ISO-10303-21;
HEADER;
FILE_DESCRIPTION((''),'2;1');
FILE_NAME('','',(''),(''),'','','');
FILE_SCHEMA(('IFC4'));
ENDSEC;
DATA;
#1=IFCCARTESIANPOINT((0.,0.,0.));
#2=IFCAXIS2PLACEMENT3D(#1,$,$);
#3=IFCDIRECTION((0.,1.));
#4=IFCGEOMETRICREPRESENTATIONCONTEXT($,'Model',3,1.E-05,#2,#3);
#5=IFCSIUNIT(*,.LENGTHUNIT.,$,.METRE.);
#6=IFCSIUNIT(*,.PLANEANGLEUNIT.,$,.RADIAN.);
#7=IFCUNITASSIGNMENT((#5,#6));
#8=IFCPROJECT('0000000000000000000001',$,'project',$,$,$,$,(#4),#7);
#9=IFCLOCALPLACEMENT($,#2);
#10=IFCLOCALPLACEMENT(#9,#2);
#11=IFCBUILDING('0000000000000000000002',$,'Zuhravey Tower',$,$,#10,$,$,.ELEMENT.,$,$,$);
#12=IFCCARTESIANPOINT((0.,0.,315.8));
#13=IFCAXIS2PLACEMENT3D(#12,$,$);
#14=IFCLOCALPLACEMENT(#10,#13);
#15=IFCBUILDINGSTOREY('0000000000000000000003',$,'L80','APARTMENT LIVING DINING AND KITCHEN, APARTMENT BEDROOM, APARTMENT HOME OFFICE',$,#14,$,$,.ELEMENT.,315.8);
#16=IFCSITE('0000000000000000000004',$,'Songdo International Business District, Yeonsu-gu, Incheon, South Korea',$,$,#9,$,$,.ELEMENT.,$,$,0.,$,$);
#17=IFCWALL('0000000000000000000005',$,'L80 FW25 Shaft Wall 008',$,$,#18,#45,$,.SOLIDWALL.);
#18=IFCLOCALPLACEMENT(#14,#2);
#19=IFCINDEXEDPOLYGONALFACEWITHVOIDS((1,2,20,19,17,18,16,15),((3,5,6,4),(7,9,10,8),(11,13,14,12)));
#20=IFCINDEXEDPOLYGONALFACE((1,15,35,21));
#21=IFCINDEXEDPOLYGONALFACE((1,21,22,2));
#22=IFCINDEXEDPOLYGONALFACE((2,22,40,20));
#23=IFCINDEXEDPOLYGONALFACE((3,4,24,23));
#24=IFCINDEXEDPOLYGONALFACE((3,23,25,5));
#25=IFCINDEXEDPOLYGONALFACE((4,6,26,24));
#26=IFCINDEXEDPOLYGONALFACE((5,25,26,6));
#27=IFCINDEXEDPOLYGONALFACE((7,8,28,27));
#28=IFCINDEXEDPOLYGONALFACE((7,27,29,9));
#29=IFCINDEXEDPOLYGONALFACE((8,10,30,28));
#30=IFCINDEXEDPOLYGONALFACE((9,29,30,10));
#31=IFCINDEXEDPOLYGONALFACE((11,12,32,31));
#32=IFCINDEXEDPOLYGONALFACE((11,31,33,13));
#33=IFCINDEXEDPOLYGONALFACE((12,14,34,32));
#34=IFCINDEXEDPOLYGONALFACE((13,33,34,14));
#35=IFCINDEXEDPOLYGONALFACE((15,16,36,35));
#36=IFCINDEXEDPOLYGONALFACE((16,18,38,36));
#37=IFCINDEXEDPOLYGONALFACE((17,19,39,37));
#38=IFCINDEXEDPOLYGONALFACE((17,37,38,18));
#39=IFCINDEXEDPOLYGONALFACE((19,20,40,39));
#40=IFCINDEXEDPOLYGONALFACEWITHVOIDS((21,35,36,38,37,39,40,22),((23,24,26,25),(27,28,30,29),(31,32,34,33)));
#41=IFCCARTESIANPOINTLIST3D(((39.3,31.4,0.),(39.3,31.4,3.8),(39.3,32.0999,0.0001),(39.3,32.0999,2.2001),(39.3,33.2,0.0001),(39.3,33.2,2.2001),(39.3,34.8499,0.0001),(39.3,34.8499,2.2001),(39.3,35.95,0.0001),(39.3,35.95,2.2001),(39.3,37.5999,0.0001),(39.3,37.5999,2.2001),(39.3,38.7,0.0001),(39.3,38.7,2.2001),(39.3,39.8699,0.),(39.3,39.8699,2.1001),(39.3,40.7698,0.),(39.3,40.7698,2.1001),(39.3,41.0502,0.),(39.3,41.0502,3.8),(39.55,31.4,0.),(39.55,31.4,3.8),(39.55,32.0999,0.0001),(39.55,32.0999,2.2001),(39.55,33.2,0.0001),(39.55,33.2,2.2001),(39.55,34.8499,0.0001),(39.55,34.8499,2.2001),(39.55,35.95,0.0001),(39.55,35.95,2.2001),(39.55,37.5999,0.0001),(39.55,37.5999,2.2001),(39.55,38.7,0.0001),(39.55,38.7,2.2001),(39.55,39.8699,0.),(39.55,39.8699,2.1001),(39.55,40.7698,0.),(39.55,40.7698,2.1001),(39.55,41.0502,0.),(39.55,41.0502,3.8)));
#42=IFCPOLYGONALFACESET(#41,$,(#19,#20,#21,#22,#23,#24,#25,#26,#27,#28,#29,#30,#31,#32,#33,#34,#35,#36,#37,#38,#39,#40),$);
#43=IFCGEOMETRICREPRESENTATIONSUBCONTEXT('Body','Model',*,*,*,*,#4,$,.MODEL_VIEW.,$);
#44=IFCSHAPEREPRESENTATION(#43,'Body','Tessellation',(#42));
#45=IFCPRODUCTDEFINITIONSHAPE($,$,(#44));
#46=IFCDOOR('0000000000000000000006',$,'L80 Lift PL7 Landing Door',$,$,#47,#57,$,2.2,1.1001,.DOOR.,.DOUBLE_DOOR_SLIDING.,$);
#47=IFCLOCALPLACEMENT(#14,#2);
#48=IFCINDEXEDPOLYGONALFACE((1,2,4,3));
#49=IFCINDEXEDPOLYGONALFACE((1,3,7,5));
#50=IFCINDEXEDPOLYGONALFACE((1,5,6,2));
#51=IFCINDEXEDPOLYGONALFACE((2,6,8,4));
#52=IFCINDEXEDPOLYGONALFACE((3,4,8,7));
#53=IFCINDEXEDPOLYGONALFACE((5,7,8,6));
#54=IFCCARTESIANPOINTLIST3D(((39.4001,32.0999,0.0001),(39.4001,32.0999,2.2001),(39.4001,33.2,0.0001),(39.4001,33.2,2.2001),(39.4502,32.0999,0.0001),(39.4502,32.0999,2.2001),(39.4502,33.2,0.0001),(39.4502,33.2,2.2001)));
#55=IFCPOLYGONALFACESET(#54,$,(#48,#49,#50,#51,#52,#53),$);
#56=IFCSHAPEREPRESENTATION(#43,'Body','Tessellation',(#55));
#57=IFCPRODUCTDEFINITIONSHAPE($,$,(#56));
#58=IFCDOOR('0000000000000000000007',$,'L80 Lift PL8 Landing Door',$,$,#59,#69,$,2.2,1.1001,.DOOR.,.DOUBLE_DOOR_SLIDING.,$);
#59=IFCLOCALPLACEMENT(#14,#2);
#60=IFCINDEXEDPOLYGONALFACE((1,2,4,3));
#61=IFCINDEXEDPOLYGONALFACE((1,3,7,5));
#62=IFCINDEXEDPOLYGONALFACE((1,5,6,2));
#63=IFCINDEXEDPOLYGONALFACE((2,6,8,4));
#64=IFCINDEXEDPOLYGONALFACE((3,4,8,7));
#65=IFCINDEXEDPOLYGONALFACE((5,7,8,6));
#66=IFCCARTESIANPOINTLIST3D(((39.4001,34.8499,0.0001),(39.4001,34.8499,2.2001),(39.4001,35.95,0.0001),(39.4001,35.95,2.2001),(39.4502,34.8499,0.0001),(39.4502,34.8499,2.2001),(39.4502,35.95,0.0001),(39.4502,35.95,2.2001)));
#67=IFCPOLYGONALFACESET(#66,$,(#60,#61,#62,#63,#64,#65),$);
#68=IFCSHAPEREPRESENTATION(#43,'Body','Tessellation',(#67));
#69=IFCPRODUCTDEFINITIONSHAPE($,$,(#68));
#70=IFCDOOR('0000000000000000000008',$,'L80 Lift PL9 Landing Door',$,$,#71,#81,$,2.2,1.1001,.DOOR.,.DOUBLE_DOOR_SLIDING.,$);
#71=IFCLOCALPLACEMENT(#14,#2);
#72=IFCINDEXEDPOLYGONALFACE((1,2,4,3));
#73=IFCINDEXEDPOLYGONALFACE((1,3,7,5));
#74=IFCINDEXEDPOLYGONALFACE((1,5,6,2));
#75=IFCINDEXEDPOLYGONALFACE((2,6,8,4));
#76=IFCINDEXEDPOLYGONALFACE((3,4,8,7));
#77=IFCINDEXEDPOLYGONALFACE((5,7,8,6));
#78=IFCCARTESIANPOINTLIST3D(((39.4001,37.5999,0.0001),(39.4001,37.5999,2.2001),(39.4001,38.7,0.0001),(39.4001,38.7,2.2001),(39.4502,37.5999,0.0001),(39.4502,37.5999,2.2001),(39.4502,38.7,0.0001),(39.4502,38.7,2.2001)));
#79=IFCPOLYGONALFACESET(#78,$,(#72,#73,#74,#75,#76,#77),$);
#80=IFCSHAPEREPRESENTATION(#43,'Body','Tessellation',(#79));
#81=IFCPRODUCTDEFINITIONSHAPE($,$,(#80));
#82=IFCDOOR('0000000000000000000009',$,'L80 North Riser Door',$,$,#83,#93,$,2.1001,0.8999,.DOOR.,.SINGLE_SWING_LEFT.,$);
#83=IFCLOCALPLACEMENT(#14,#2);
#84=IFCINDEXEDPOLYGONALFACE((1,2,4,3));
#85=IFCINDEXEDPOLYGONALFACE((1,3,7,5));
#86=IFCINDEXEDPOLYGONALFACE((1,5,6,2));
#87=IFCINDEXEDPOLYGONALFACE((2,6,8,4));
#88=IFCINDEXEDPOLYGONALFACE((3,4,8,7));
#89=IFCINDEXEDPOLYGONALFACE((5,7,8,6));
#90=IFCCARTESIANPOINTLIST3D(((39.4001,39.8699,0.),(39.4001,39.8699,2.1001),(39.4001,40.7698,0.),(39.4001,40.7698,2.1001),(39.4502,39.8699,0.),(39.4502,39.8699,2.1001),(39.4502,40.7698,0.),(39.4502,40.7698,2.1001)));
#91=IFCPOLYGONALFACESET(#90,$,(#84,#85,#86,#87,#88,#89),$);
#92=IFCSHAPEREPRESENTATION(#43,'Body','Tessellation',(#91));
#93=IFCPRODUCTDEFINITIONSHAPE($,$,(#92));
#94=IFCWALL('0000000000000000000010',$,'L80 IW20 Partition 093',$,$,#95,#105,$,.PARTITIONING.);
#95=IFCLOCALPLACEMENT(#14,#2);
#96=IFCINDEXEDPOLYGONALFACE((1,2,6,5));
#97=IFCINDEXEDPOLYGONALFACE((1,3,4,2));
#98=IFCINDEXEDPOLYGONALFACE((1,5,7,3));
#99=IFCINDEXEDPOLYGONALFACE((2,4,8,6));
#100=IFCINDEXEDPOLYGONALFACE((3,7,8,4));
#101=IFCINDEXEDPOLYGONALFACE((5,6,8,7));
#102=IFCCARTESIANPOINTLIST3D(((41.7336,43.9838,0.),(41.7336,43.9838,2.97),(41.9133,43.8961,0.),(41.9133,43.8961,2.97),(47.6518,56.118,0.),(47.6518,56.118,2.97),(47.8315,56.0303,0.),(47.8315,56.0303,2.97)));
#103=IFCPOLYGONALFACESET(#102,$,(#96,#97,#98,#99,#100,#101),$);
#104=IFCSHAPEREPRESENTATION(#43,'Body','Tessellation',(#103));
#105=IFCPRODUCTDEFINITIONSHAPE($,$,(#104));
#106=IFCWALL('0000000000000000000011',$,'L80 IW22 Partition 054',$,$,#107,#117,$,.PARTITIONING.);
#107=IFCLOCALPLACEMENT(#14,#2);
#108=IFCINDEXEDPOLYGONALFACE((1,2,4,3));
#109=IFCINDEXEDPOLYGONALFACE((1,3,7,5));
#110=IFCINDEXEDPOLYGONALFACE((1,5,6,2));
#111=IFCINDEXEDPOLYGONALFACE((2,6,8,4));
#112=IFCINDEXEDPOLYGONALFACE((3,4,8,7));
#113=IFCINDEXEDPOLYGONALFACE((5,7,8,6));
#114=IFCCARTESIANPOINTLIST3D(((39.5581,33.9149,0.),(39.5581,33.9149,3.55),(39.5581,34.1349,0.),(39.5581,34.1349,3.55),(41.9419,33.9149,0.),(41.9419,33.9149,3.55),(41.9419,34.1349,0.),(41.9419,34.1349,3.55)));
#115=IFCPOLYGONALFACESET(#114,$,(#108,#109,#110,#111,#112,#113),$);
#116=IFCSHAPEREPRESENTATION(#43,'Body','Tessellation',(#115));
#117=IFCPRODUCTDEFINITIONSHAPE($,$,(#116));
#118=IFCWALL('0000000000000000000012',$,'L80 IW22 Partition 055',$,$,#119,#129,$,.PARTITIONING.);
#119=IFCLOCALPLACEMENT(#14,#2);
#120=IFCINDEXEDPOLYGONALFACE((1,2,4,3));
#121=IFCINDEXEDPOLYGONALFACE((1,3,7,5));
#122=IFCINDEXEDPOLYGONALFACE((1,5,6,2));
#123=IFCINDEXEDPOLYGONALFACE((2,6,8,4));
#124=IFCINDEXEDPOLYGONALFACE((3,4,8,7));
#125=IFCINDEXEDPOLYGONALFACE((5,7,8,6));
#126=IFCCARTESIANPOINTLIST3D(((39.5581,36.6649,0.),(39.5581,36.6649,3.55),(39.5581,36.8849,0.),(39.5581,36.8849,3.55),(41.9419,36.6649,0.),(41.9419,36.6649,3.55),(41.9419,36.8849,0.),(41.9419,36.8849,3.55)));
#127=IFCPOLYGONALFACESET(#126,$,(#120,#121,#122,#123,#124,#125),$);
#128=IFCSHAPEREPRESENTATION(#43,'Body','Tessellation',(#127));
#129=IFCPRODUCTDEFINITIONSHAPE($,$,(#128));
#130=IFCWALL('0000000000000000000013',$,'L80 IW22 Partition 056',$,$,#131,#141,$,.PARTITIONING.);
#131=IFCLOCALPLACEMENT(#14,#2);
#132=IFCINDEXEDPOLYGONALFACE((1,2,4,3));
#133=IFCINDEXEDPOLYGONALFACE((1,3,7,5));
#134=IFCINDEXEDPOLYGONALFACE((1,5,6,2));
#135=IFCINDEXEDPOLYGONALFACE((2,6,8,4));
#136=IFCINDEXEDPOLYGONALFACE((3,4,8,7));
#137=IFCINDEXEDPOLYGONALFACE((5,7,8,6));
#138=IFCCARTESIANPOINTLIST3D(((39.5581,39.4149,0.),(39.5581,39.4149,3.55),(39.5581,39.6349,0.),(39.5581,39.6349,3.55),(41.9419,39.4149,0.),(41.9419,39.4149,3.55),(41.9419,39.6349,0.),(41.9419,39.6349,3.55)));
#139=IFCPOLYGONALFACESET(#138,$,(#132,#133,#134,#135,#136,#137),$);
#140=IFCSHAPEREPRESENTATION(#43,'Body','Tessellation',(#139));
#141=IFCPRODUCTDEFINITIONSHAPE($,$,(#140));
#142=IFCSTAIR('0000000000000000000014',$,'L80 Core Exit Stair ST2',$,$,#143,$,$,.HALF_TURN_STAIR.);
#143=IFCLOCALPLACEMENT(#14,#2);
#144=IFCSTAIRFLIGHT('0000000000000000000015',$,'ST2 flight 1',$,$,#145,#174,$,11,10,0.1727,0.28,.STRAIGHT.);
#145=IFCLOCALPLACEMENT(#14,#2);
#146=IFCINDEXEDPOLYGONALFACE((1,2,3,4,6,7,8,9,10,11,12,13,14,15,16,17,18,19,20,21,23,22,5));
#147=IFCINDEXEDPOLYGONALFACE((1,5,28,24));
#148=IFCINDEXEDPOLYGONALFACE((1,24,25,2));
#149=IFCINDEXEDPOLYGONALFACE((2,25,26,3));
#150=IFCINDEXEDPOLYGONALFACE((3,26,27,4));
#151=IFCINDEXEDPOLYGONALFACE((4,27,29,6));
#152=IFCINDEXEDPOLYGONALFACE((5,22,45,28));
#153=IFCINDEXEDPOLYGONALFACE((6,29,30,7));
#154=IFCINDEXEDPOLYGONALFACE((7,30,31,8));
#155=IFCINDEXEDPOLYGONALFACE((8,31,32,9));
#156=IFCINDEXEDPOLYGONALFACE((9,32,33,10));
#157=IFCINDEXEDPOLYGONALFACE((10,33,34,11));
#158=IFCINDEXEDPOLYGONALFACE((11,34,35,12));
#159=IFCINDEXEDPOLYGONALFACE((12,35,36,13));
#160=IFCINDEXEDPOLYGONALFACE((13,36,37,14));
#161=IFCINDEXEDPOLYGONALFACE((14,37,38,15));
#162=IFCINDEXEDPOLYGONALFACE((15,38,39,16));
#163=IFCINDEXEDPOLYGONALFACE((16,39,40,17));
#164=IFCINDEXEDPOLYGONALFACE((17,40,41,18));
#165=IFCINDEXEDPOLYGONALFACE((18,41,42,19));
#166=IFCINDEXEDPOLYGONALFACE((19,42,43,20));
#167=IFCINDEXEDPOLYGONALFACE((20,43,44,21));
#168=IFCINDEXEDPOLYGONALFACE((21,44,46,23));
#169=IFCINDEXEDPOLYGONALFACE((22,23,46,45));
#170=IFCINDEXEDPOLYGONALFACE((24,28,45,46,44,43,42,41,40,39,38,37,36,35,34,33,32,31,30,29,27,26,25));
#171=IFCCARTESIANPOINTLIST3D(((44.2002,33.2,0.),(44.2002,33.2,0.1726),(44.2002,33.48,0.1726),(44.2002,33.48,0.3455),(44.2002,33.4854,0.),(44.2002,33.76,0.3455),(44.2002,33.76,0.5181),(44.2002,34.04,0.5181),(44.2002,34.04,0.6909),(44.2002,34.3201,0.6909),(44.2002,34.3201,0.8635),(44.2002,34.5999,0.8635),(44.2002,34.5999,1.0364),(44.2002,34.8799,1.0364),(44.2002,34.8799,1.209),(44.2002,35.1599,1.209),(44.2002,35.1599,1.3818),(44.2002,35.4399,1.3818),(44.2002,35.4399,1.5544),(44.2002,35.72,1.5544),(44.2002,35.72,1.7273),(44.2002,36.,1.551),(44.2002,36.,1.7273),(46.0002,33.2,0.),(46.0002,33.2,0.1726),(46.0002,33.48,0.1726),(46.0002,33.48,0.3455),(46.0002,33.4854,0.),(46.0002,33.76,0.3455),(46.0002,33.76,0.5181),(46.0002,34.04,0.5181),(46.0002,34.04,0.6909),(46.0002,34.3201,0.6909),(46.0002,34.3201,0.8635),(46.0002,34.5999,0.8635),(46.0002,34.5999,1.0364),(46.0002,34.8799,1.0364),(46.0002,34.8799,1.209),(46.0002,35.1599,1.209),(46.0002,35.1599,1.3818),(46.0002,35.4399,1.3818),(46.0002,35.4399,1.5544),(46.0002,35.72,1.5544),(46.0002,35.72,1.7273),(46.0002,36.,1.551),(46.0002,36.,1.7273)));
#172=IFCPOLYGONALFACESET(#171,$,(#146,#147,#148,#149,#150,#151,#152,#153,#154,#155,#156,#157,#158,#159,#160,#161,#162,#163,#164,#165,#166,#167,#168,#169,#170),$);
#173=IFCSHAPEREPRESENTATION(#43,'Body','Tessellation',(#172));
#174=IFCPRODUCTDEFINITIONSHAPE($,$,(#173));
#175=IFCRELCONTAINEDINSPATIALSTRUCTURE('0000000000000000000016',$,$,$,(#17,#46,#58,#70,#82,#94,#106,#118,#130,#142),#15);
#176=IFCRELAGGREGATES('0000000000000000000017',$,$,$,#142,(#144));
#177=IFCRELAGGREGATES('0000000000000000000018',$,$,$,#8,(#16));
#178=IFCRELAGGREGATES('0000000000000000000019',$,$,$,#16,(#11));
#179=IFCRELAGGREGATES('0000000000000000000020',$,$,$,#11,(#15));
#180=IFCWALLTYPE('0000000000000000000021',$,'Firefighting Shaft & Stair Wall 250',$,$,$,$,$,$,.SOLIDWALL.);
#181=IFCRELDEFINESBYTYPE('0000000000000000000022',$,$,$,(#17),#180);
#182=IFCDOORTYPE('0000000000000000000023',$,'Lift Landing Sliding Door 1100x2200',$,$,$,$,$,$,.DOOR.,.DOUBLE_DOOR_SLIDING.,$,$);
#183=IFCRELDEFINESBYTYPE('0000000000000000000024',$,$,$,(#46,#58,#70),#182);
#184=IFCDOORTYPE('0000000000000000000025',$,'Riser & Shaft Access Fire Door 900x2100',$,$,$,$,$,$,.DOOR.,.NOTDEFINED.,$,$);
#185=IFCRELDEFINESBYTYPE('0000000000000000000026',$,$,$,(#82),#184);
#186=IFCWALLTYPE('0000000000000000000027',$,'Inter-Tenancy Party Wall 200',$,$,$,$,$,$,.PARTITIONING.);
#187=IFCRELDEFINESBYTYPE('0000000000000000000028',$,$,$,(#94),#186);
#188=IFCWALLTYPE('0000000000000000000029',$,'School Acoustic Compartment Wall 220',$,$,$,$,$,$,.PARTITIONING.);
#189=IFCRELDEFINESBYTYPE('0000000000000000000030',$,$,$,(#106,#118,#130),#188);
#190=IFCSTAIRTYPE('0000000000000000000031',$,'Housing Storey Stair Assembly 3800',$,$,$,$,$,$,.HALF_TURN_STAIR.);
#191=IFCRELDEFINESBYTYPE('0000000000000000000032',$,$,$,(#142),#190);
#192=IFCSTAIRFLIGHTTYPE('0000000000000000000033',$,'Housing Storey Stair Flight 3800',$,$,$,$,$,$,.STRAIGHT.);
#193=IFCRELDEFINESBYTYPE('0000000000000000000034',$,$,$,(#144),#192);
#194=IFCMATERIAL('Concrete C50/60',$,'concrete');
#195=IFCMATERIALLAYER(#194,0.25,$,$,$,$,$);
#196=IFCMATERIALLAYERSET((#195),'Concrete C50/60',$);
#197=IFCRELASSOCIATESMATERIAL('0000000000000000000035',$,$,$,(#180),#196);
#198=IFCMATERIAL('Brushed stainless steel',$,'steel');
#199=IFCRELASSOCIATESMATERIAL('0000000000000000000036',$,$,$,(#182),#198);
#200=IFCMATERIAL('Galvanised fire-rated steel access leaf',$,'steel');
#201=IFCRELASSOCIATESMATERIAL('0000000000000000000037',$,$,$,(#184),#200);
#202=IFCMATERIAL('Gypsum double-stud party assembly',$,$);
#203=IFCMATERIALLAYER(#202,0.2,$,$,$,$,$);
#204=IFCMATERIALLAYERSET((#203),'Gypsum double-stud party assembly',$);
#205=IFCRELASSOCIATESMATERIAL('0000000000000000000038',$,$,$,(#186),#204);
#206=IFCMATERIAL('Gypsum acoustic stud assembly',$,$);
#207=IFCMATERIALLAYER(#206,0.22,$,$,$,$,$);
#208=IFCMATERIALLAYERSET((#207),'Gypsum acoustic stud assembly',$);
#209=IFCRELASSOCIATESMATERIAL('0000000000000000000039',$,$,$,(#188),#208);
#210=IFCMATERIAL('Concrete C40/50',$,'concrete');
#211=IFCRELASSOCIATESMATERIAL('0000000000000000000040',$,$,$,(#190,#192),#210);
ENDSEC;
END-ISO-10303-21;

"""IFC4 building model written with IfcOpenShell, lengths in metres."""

from ifc_helpers import new_model, si_unit, direction, frame, frame_2d, origin, place, context, subcontext, project, spatial, polyline, rectangle, outline, extrude, material, layer, layer_set, type_object, element, fill, aggregate, save


model = new_model("IFC4")

# Units and contexts
model_context = context("Model", 3, precision=1e-05, world=origin(), true_north=direction((0.0, 1.0)))
body_context = subcontext(model_context, "Body", "Model", "MODEL_VIEW")
ifc_project = project(units=[si_unit("LENGTHUNIT", "METRE"), si_unit("PLANEANGLEUNIT", "RADIAN")], contexts=[model_context])

# Site, building, storey
site_placement = place(None, origin())
site = spatial("IfcSite", under=ifc_project, at=site_placement, Name="Songdo International Business District, Yeonsu-gu, Incheon, South Korea", CompositionType="ELEMENT", RefElevation=0.0)
building_placement = place(site_placement, origin())
building = spatial("IfcBuilding", under=site, at=building_placement, Name="Zuhravey Tower", CompositionType="ELEMENT")
storey_placement = place(building_placement, frame((0.0, 0.0, 315.8)))
storey = spatial("IfcBuildingStorey", under=building, at=storey_placement, Name="L80", Description="APARTMENT LIVING DINING AND KITCHEN, APARTMENT BEDROOM, APARTMENT HOME OFFICE", CompositionType="ELEMENT", Elevation=315.8)

# Shared definitions
ifc_material_1 = material(Name="Concrete C50/60", Category="concrete")

# Shared definitions
ifc_layer_1 = layer(ifc_material_1, 0.25)
ifc_layer_set_1 = layer_set([ifc_layer_1], Name="Concrete C50/60")
wall_type_1 = type_object("IfcWallType", Name="Firefighting Shaft & Stair Wall 250", PredefinedType="SOLIDWALL", material=ifc_layer_set_1)

# Wall, openings, doors
wall_1_placement = place(storey_placement, frame((39.425, 31.3999, 0.0), z_axis=(0.0, 0.0, 1.0), x_axis=(0.0, 1.0, 0.0)))
wall_1 = element("IfcWall", 1, at=wall_1_placement, inside=storey, type_object=wall_type_1, Name="L80 FW25 Shaft Wall 008", PredefinedType="SOLIDWALL", context=body_context, shape_type="SweptSolid", body=[
    extrude(rectangle(XDim=9.6501, YDim=0.25, at=frame_2d((4.8252, 0.0))), origin(), (0.0, 0.0, 1.0), 3.8),
])
opening_1_placement = place(wall_1_placement, frame((0.7, 0.0, 0.0)))
opening_1 = element("IfcOpeningElement", 2, at=opening_1_placement, cuts=wall_1, PredefinedType="OPENING", context=body_context, shape_type="SweptSolid", body=[
    extrude(rectangle(XDim=1.1001, YDim=2.2, at=frame_2d((0.55, 1.1001))), frame((0.0, 0.137, 0.0), z_axis=(0.0, -1.0, 0.0), x_axis=(1.0, 0.0, 0.0)), (0.0, 0.0, 1.0), 0.2739),
])
opening_2_placement = place(wall_1_placement, frame((3.45, 0.0, 0.0)))
opening_2 = element("IfcOpeningElement", 3, at=opening_2_placement, cuts=wall_1, PredefinedType="OPENING", context=body_context, shape_type="SweptSolid", body=[
    extrude(rectangle(XDim=1.1001, YDim=2.2, at=frame_2d((0.55, 1.1001))), frame((0.0, 0.137, 0.0), z_axis=(0.0, -1.0, 0.0), x_axis=(1.0, 0.0, 0.0)), (0.0, 0.0, 1.0), 0.2739),
])
opening_3_placement = place(wall_1_placement, frame((6.2, 0.0, 0.0)))
opening_3 = element("IfcOpeningElement", 4, at=opening_3_placement, cuts=wall_1, PredefinedType="OPENING", context=body_context, shape_type="SweptSolid", body=[
    extrude(rectangle(XDim=1.1001, YDim=2.2, at=frame_2d((0.55, 1.1001))), frame((0.0, 0.137, 0.0), z_axis=(0.0, -1.0, 0.0), x_axis=(1.0, 0.0, 0.0)), (0.0, 0.0, 1.0), 0.2739),
])
opening_4_placement = place(wall_1_placement, frame((8.47, 0.0, 0.0)))
opening_4 = element("IfcOpeningElement", 5, at=opening_4_placement, cuts=wall_1, PredefinedType="OPENING", context=body_context, shape_type="SweptSolid", body=[
    extrude(rectangle(XDim=0.8999, YDim=2.1001, at=frame_2d((0.45, 1.05))), frame((0.0, 0.137, 0.0), z_axis=(0.0, -1.0, 0.0), x_axis=(1.0, 0.0, 0.0)), (0.0, 0.0, 1.0), 0.2739),
])
ifc_material_2 = material(Name="Brushed stainless steel", Category="steel")
door_type_1 = type_object("IfcDoorType", Name="Lift Landing Sliding Door 1100x2200", OperationType="DOUBLE_DOOR_SLIDING", PredefinedType="DOOR", material=ifc_material_2)
door_1_placement = place(opening_1_placement, origin())
door_1 = element("IfcDoor", 6, at=door_1_placement, inside=storey, type_object=door_type_1, Name="L80 Lift PL7 Landing Door", OperationType="DOUBLE_DOOR_SLIDING", OverallHeight=2.2, OverallWidth=1.1001, PredefinedType="DOOR", context=body_context, shape_type="SweptSolid", body=[
    extrude(rectangle(XDim=1.1001, YDim=2.2, at=frame_2d((0.55, 1.1001))), frame((0.0, 0.0249, 0.0), z_axis=(0.0, -1.0, 0.0), x_axis=(1.0, 0.0, 0.0)), (0.0, 0.0, 1.0), 0.05),
])
fill(opening_1, door_1)
door_2_placement = place(opening_2_placement, origin())
door_2 = element("IfcDoor", 7, at=door_2_placement, inside=storey, type_object=door_type_1, Name="L80 Lift PL8 Landing Door", OperationType="DOUBLE_DOOR_SLIDING", OverallHeight=2.2, OverallWidth=1.1001, PredefinedType="DOOR", context=body_context, shape_type="SweptSolid", body=[
    extrude(rectangle(XDim=1.1001, YDim=2.2, at=frame_2d((0.55, 1.1001))), frame((0.0, 0.0249, 0.0), z_axis=(0.0, -1.0, 0.0), x_axis=(1.0, 0.0, 0.0)), (0.0, 0.0, 1.0), 0.05),
])
fill(opening_2, door_2)
door_3_placement = place(opening_3_placement, origin())
door_3 = element("IfcDoor", 8, at=door_3_placement, inside=storey, type_object=door_type_1, Name="L80 Lift PL9 Landing Door", OperationType="DOUBLE_DOOR_SLIDING", OverallHeight=2.2, OverallWidth=1.1001, PredefinedType="DOOR", context=body_context, shape_type="SweptSolid", body=[
    extrude(rectangle(XDim=1.1001, YDim=2.2, at=frame_2d((0.55, 1.1001))), frame((0.0, 0.0249, 0.0), z_axis=(0.0, -1.0, 0.0), x_axis=(1.0, 0.0, 0.0)), (0.0, 0.0, 1.0), 0.05),
])
fill(opening_3, door_3)
ifc_material_3 = material(Name="Galvanised fire-rated steel access leaf", Category="steel")
door_type_2 = type_object("IfcDoorType", Name="Riser & Shaft Access Fire Door 900x2100", OperationType="NOTDEFINED", PredefinedType="DOOR", material=ifc_material_3)
door_4_placement = place(opening_4_placement, origin())
door_4 = element("IfcDoor", 9, at=door_4_placement, inside=storey, type_object=door_type_2, Name="L80 North Riser Door", OperationType="SINGLE_SWING_LEFT", OverallHeight=2.1001, OverallWidth=0.8999, PredefinedType="DOOR", context=body_context, shape_type="SweptSolid", body=[
    extrude(rectangle(XDim=0.8999, YDim=2.1001, at=frame_2d((0.45, 1.05))), frame((0.0, 0.0249, 0.0), z_axis=(0.0, -1.0, 0.0), x_axis=(1.0, 0.0, 0.0)), (0.0, 0.0, 1.0), 0.05),
])
fill(opening_4, door_4)

# Walls
ifc_material_4 = material(Name="Gypsum double-stud party assembly")
ifc_layer_2 = layer(ifc_material_4, 0.2)
ifc_layer_set_2 = layer_set([ifc_layer_2], Name="Gypsum double-stud party assembly")
wall_type_2 = type_object("IfcWallType", Name="Inter-Tenancy Party Wall 200", PredefinedType="PARTITIONING", material=ifc_layer_set_2)
wall_2_placement = place(storey_placement, frame((41.8235, 43.9399, 0.0), z_axis=(0.0, 0.0, 1.0), x_axis=(0.438367, 0.898796, 0.0)))
element("IfcWall", 10, at=wall_2_placement, inside=storey, type_object=wall_type_2, Name="L80 IW20 Partition 093", PredefinedType="PARTITIONING", context=body_context, shape_type="SweptSolid", body=[
    extrude(rectangle(XDim=13.5005, YDim=0.2, at=frame_2d((6.7502, 0.0))), origin(), (0.0, 0.0, 1.0), 2.97),
])
ifc_material_5 = material(Name="Gypsum acoustic stud assembly")
ifc_layer_3 = layer(ifc_material_5, 0.22)
ifc_layer_set_3 = layer_set([ifc_layer_3], Name="Gypsum acoustic stud assembly")
wall_type_3 = type_object("IfcWallType", Name="School Acoustic Compartment Wall 220", PredefinedType="PARTITIONING", material=ifc_layer_set_3)
for number, where, z_axis, x_axis, name in (
    (11, (39.5581, 34.0249, 0.0), (0.0, 0.0, 1.0), (1.0, 0.0, 0.0), "L80 IW22 Partition 054"),
    (12, (39.5581, 36.7749, 0.0), (0.0, 0.0, 1.0), (1.0, 0.0, 0.0), "L80 IW22 Partition 055"),
    (13, (39.5581, 39.5249, 0.0), (0.0, 0.0, 1.0), (1.0, 0.0, 0.0), "L80 IW22 Partition 056"),
):
    element("IfcWall", number, at=place(storey_placement, frame(where, z_axis=z_axis, x_axis=x_axis)), inside=storey, type_object=wall_type_3, Name=name, PredefinedType="PARTITIONING", context=body_context, shape_type="SweptSolid", body=[
        extrude(rectangle(XDim=2.3838, YDim=0.22, at=frame_2d((1.1919, 0.0))), origin(), (0.0, 0.0, 1.0), 3.55),
    ])

# Stair, stair flight
ifc_material_6 = material(Name="Concrete C40/50", Category="concrete")
stair_type = type_object("IfcStairType", Name="Housing Storey Stair Assembly 3800", PredefinedType="HALF_TURN_STAIR", material=ifc_material_6)
stair_placement = place(storey_placement, origin())
stair = element("IfcStair", 14, at=stair_placement, inside=storey, type_object=stair_type, Name="L80 Core Exit Stair ST2", PredefinedType="HALF_TURN_STAIR")
stair_flight_type = type_object("IfcStairFlightType", Name="Housing Storey Stair Flight 3800", PredefinedType="STRAIGHT", material=ifc_material_6)
stair_flight_1_placement = place(storey_placement, frame((45.1001, 33.2, 0.0), z_axis=(0.0, 0.0, 1.0), x_axis=(0.0, 1.0, 0.0)))
stair_flight_1 = element("IfcStairFlight", 15, at=stair_flight_1_placement, type_object=stair_flight_type, Name="ST2 flight 1", NumberOfRisers=11, NumberOfTreads=10, PredefinedType="STRAIGHT", RiserHeight=0.1727, TreadLength=0.28, context=body_context, shape_type="SweptSolid", body=[
    extrude(outline(polyline([(0.0, 0.0), (0.0, 0.1726), (0.28, 0.1726), (0.28, 0.3455), (0.5601, 0.3455), (0.5601, 0.5181), (0.8401, 0.5181), (0.8401, 0.6909), (1.1201, 0.6909), (1.1201, 0.8635), (1.3999, 0.8635), (1.3999, 1.0364), (1.6799, 1.0364), (1.6799, 1.209), (1.96, 1.209), (1.96, 1.3818), (2.24, 1.3818), (2.24, 1.5544), (2.52, 1.5544), (2.52, 1.7273), (2.8, 1.7273), (2.8, 1.8999), (2.8, 1.551), (0.2854, 0.0), (0.0, 0.0)])), frame((0.0, 0.8999, 0.0), z_axis=(0.0, -1.0, 0.0), x_axis=(1.0, 0.0, 0.0)), (0.0, 0.0, 1.0), 1.8),
])
aggregate(stair, [stair_flight_1])

save(model, "model.ifc")
